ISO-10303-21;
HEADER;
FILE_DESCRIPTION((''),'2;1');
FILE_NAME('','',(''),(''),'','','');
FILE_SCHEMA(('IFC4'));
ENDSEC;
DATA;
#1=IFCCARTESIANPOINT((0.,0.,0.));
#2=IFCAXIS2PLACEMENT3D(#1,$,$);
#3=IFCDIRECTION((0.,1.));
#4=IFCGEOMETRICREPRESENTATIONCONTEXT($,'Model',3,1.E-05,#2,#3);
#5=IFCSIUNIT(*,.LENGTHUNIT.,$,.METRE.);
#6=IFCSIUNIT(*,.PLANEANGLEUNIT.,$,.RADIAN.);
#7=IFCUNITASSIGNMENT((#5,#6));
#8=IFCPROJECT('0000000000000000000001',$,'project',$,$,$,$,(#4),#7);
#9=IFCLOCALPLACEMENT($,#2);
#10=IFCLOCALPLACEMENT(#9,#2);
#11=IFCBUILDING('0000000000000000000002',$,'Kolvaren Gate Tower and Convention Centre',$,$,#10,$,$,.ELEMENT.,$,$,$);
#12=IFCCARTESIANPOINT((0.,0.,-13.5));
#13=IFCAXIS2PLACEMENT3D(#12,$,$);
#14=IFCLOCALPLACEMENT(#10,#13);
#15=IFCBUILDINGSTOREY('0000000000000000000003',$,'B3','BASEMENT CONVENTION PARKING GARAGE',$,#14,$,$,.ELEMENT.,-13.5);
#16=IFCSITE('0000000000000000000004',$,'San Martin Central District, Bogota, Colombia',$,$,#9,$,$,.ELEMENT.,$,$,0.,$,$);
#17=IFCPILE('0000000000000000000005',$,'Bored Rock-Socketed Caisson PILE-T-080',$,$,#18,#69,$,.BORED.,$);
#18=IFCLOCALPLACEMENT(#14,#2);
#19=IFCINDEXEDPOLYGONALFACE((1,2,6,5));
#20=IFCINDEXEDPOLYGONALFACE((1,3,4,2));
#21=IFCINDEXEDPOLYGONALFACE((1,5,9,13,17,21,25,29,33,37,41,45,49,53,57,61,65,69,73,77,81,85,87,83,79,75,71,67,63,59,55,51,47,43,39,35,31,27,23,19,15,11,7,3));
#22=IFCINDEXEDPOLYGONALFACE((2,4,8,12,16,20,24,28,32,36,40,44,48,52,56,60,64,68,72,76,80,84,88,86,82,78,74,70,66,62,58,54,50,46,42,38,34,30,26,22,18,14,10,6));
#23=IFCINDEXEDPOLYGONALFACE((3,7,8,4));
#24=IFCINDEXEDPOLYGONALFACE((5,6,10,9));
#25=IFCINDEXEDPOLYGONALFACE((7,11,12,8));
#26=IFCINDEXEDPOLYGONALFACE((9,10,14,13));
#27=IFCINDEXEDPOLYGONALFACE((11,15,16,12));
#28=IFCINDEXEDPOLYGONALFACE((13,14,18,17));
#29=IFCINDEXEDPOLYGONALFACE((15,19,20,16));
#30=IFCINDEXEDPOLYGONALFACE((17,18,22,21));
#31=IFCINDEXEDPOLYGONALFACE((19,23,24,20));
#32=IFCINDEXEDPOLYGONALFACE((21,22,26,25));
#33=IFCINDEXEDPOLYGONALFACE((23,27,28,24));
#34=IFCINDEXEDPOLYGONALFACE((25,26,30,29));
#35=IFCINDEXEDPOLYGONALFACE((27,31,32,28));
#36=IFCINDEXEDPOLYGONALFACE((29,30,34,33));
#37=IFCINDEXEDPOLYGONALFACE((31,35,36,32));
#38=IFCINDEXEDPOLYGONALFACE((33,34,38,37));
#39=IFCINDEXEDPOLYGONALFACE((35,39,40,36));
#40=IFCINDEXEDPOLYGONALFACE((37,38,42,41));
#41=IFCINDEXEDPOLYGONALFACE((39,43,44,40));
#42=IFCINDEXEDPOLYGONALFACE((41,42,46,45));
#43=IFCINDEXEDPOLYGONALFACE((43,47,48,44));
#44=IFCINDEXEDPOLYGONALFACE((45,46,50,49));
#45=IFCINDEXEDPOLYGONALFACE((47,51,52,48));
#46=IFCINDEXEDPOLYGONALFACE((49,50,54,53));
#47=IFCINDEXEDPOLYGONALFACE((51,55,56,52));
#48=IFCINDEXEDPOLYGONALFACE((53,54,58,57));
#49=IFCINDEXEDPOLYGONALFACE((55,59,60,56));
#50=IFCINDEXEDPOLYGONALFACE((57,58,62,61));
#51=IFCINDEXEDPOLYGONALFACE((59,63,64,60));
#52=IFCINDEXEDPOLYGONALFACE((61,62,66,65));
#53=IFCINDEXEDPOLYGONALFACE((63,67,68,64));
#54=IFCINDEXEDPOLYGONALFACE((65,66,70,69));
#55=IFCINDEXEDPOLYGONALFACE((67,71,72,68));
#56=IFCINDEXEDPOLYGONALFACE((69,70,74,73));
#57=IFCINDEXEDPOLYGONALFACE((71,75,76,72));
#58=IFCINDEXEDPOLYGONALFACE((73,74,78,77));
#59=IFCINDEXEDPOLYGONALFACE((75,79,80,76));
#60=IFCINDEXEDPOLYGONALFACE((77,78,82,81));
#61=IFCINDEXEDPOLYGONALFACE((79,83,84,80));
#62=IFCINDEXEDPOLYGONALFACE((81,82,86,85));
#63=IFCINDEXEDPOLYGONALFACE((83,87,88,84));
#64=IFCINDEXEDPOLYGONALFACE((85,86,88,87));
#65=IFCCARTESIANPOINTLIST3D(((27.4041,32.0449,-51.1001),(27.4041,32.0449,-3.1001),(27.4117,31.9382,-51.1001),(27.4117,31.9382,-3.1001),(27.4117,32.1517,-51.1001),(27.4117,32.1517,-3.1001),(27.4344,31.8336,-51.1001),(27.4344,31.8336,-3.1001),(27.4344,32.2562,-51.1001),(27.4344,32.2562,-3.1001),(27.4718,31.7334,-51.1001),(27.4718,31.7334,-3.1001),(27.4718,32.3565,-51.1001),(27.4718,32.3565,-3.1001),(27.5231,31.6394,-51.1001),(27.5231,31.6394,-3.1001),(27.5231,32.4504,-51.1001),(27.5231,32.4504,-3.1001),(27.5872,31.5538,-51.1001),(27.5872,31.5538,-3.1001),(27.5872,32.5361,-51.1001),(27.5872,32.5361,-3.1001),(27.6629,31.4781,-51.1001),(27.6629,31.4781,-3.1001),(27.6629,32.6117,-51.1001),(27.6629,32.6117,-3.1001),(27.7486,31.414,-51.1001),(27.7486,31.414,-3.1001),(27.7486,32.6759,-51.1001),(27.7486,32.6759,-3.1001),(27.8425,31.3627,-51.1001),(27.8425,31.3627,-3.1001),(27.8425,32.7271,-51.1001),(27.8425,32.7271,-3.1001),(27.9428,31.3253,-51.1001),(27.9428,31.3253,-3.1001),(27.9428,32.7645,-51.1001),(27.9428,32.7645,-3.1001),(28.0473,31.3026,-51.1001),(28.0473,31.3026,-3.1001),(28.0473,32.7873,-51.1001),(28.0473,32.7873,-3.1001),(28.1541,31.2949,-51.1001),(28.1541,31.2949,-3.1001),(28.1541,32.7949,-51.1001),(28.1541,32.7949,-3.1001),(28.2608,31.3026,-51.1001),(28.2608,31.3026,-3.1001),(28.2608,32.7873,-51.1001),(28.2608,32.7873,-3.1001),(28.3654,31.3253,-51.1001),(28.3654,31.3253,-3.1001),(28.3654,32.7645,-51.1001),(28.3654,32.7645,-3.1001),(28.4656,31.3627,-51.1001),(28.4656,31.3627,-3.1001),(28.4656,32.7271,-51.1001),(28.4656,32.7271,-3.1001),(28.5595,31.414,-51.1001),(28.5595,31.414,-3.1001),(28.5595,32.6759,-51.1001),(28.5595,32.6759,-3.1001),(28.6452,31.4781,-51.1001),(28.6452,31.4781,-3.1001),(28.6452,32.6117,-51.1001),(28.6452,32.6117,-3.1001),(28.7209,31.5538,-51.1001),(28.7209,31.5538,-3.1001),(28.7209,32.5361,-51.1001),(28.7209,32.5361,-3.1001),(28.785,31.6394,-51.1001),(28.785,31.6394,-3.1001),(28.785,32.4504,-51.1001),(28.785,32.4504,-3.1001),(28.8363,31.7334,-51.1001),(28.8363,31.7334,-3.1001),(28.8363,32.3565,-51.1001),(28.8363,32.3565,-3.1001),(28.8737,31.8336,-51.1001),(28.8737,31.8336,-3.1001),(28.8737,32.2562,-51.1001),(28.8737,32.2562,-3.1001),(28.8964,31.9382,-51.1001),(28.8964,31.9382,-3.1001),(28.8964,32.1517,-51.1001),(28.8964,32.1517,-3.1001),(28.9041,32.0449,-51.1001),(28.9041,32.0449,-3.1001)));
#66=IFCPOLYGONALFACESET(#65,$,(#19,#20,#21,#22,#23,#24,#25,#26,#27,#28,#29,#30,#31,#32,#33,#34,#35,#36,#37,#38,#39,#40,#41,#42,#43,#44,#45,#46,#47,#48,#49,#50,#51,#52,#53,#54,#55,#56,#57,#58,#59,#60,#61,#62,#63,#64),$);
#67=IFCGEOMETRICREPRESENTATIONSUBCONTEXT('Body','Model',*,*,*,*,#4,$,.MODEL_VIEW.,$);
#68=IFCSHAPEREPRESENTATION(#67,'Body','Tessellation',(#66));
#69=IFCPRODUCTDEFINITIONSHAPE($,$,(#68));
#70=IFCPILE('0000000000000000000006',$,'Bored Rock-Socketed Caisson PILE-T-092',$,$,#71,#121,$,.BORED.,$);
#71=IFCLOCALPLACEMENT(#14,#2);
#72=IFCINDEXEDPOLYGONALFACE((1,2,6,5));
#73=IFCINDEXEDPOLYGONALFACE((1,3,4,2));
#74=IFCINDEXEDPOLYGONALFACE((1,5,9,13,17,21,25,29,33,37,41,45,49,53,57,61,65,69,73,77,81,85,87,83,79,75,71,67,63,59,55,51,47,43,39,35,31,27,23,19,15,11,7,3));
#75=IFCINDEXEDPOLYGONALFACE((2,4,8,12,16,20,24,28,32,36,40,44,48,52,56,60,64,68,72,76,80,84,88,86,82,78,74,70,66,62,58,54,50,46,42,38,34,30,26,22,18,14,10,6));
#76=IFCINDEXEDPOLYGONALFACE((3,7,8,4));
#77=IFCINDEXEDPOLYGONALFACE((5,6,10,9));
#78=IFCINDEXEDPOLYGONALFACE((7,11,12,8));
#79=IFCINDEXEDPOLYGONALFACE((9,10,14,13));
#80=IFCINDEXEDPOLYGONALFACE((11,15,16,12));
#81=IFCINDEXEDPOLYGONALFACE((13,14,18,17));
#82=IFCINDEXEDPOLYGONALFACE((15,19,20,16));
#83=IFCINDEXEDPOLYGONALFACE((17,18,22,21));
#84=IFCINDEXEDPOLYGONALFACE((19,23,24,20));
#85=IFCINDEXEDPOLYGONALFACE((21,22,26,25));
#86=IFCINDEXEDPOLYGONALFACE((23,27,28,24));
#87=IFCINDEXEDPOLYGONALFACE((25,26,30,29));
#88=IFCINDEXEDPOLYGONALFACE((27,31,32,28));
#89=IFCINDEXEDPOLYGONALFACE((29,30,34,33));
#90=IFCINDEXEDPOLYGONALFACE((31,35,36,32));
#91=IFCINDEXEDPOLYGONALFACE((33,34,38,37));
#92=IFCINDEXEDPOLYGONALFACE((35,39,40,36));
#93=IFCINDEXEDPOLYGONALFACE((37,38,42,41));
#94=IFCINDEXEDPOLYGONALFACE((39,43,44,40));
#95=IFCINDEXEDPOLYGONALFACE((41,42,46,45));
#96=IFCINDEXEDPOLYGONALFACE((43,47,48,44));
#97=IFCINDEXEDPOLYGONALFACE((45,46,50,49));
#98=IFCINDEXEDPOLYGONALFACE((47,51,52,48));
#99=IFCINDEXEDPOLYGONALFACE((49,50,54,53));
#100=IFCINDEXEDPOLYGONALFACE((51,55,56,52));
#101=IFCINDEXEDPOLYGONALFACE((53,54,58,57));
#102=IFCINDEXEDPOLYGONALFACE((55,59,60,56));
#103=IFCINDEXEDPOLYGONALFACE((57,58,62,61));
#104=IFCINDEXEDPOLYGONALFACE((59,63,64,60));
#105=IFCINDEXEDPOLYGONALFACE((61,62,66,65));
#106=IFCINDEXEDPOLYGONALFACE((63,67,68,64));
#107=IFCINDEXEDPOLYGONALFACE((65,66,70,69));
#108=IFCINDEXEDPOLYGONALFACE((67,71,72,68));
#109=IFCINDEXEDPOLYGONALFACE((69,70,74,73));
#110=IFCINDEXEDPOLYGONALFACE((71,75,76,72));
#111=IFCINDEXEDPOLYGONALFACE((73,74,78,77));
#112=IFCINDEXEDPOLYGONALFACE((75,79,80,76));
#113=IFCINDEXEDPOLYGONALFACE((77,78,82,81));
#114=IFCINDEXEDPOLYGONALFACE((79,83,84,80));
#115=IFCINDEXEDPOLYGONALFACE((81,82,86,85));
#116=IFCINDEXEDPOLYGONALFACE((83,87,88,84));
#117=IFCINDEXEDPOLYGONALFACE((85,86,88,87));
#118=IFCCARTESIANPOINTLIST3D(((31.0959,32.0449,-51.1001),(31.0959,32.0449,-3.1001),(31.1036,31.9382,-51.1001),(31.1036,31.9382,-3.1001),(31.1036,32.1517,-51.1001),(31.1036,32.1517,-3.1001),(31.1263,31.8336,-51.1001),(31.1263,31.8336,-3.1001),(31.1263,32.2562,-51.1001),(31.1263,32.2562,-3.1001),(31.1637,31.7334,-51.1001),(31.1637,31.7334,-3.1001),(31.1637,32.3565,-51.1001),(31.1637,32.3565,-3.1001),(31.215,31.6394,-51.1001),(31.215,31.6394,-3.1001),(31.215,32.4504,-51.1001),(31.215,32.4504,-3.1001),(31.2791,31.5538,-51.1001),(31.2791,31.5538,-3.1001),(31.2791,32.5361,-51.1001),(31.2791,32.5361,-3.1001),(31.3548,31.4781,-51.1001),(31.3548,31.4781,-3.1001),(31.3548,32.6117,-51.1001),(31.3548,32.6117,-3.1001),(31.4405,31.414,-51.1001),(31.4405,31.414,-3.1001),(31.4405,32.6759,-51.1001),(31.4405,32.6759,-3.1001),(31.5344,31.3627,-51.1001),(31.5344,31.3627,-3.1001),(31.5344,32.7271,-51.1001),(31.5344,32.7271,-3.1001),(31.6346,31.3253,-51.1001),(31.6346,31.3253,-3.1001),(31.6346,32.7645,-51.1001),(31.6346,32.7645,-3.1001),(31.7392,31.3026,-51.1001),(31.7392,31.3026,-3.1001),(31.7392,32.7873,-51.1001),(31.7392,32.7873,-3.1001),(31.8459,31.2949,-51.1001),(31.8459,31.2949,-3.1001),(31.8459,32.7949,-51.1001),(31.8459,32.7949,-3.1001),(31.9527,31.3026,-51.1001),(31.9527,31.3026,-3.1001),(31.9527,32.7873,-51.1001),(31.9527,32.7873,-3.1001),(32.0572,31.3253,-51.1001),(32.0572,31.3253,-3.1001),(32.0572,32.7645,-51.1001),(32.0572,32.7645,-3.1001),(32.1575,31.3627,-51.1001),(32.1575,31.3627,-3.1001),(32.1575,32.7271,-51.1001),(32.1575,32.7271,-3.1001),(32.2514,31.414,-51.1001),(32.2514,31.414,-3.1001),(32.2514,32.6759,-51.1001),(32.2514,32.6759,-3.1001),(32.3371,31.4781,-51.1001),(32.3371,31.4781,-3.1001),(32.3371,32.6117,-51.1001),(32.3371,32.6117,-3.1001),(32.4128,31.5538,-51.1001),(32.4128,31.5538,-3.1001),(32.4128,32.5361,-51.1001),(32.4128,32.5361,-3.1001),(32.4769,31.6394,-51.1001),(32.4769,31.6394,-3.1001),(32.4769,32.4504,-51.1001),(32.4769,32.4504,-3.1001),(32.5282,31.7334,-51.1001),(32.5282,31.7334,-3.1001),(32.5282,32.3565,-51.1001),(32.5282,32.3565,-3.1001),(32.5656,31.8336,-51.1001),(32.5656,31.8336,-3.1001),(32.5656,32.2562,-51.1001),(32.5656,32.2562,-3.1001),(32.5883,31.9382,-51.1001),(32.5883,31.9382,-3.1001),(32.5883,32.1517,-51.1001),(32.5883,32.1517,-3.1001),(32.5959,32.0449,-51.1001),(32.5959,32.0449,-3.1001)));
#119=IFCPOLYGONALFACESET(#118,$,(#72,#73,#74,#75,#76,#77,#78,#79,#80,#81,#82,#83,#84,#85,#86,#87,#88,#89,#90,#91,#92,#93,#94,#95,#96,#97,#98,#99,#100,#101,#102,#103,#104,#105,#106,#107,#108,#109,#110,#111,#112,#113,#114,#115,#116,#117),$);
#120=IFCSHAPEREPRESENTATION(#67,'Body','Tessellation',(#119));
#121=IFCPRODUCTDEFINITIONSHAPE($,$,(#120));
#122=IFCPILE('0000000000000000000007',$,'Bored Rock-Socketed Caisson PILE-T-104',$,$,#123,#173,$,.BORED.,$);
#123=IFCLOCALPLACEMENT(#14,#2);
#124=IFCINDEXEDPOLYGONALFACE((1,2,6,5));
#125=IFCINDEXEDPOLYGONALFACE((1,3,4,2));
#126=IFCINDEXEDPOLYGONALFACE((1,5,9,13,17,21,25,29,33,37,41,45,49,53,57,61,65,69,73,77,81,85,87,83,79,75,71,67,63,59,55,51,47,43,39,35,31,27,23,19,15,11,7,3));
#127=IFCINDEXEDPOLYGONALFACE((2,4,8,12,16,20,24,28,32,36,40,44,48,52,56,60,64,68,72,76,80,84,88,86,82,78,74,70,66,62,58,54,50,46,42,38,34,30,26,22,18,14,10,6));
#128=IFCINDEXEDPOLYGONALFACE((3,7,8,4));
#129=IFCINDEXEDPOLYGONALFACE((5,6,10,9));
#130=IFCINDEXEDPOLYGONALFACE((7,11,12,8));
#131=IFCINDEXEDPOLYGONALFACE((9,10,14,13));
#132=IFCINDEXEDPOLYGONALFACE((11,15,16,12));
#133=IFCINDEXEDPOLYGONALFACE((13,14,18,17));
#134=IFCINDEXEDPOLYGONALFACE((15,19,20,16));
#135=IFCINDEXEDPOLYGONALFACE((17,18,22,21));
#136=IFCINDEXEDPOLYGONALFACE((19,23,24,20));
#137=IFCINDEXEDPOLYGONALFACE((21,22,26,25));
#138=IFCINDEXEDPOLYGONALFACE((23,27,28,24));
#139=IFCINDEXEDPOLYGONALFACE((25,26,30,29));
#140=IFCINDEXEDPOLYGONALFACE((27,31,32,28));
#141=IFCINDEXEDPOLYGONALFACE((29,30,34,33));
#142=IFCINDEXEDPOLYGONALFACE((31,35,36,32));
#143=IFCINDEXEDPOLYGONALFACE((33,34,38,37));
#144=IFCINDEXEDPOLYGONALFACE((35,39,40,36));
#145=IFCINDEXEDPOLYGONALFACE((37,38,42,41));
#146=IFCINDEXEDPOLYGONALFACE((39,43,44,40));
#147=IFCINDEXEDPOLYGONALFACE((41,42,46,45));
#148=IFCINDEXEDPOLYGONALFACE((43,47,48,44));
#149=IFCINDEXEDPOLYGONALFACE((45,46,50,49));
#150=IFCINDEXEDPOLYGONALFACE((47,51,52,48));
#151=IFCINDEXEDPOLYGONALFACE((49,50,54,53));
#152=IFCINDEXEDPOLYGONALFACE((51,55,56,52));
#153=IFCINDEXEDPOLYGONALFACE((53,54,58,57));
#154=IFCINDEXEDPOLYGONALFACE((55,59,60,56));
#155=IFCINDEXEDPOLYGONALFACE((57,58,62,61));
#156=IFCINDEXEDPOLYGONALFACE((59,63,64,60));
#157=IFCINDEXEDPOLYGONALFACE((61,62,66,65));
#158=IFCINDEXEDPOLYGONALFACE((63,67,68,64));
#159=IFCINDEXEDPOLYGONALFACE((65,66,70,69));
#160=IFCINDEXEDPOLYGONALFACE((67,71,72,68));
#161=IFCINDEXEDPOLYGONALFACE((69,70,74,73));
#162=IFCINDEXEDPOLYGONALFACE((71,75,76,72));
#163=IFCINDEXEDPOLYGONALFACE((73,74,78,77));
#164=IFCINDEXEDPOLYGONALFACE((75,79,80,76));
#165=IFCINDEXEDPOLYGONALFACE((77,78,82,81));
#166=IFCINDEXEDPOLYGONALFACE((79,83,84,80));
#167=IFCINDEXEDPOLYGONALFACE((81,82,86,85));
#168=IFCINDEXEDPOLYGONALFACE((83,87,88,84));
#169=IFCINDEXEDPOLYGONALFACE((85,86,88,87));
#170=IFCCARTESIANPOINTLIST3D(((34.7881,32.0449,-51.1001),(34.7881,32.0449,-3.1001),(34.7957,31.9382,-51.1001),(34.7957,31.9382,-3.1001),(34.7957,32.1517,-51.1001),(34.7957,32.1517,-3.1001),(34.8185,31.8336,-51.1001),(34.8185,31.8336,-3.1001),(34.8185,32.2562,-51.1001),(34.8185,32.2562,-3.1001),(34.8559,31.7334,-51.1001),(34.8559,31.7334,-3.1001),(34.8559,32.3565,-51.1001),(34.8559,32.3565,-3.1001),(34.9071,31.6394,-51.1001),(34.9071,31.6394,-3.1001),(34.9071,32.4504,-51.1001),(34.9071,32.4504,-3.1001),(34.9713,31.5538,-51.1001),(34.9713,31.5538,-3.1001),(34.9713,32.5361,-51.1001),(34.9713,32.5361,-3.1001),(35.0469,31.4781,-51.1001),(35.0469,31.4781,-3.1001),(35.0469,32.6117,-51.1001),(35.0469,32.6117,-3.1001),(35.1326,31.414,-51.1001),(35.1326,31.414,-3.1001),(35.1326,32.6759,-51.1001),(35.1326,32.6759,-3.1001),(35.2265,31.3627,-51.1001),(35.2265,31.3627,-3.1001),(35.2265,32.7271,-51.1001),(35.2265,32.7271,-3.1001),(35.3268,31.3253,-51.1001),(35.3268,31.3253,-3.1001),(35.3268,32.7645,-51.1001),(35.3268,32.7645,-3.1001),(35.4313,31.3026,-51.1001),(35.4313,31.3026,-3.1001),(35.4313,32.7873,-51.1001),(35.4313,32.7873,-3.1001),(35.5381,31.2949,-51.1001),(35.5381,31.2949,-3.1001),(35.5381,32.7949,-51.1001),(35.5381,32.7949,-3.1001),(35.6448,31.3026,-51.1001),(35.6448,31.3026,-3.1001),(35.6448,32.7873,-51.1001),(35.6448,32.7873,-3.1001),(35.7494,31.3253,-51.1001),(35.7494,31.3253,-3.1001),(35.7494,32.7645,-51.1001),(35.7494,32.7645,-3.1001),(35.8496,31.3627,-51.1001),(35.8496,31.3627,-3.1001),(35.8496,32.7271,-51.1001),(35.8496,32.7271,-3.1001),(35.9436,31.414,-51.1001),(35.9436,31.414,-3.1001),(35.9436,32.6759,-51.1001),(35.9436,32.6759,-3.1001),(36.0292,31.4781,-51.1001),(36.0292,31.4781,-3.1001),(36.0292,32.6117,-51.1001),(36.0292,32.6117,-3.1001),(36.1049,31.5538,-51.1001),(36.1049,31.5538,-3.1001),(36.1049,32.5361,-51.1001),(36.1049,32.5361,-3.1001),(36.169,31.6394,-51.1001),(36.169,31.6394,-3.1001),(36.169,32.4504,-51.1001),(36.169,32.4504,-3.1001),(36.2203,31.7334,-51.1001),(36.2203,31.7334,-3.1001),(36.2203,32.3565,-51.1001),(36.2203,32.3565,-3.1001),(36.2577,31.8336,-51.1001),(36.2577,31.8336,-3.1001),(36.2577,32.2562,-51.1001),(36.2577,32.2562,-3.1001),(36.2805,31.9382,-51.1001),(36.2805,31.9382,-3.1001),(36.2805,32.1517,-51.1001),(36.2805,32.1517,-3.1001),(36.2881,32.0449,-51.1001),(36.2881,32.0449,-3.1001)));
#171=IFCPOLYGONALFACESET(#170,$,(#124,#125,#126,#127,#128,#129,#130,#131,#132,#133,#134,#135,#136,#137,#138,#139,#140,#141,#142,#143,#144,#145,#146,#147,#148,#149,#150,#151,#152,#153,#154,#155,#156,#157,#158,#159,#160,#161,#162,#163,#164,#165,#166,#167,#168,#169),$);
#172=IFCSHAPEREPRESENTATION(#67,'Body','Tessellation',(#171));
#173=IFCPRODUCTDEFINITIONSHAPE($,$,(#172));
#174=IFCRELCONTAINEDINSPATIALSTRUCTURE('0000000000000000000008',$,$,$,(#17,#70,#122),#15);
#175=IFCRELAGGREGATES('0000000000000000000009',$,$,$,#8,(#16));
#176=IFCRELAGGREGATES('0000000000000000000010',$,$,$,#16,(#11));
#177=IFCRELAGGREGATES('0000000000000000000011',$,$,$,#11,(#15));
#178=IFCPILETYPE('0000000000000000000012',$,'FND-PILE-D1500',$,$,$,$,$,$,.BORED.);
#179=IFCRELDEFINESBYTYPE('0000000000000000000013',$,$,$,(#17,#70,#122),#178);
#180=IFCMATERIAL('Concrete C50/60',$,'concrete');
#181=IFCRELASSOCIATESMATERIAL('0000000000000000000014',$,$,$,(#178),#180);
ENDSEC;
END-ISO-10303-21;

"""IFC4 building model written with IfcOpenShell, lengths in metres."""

from ifc_helpers import new_model, si_unit, direction, frame, origin, origin_2d, place, context, subcontext, project, spatial, circle, extrude, material, material_profile, profile_set, type_object, element, save


model = new_model("IFC4")

# Units and contexts
model_context = context("Model", 3, precision=1e-05, world=origin(), true_north=direction((0.0, 1.0)))
body_context = subcontext(model_context, "Body", "Model", "MODEL_VIEW")
ifc_project = project(units=[si_unit("LENGTHUNIT", "METRE"), si_unit("PLANEANGLEUNIT", "RADIAN")], contexts=[model_context])

# Site, building, storey
site_placement = place(None, origin())
site = spatial("IfcSite", under=ifc_project, at=site_placement, Name="San Martin Central District, Bogota, Colombia", CompositionType="ELEMENT", RefElevation=0.0)
building_placement = place(site_placement, origin())
building = spatial("IfcBuilding", under=site, at=building_placement, Name="Kolvaren Gate Tower and Convention Centre", CompositionType="ELEMENT")
storey_placement = place(building_placement, frame((0.0, 0.0, -13.5)))
storey = spatial("IfcBuildingStorey", under=building, at=storey_placement, Name="B3", Description="BASEMENT CONVENTION PARKING GARAGE", CompositionType="ELEMENT", Elevation=-13.5)

# Piles
ifc_material_1 = material(Name="Concrete C50/60", Category="concrete")
ifc_material_profile_1 = material_profile(ifc_material_1, circle(Radius=0.75, at=origin_2d()), Name="CAISSON-D1500")
ifc_profile_set_1 = profile_set([ifc_material_profile_1], Name="Concrete C50/60")
pile_type = type_object("IfcPileType", Name="FND-PILE-D1500", PredefinedType="BORED", material=ifc_profile_set_1)
for number, where, z_axis, x_axis, name in (
    (1, (28.1541, 32.0449, -3.1001), (0.0, 0.0, -1.0), (1.0, 0.0, 0.0), "Bored Rock-Socketed Caisson PILE-T-080"),
    (2, (31.8459, 32.0449, -3.1001), (0.0, 0.0, -1.0), (1.0, 0.0, 0.0), "Bored Rock-Socketed Caisson PILE-T-092"),
    (3, (35.5381, 32.0449, -3.1001), (0.0, 0.0, -1.0), (1.0, 0.0, 0.0), "Bored Rock-Socketed Caisson PILE-T-104"),
):
    element("IfcPile", number, at=place(storey_placement, frame(where, z_axis=z_axis, x_axis=x_axis)), inside=storey, type_object=pile_type, Name=name, PredefinedType="BORED", context=body_context, shape_type="SweptSolid", body=[
        extrude(circle(Radius=0.75, at=origin_2d()), origin(), (0.0, 0.0, 1.0), 48.0),
    ])

save(model, "model.ifc")
